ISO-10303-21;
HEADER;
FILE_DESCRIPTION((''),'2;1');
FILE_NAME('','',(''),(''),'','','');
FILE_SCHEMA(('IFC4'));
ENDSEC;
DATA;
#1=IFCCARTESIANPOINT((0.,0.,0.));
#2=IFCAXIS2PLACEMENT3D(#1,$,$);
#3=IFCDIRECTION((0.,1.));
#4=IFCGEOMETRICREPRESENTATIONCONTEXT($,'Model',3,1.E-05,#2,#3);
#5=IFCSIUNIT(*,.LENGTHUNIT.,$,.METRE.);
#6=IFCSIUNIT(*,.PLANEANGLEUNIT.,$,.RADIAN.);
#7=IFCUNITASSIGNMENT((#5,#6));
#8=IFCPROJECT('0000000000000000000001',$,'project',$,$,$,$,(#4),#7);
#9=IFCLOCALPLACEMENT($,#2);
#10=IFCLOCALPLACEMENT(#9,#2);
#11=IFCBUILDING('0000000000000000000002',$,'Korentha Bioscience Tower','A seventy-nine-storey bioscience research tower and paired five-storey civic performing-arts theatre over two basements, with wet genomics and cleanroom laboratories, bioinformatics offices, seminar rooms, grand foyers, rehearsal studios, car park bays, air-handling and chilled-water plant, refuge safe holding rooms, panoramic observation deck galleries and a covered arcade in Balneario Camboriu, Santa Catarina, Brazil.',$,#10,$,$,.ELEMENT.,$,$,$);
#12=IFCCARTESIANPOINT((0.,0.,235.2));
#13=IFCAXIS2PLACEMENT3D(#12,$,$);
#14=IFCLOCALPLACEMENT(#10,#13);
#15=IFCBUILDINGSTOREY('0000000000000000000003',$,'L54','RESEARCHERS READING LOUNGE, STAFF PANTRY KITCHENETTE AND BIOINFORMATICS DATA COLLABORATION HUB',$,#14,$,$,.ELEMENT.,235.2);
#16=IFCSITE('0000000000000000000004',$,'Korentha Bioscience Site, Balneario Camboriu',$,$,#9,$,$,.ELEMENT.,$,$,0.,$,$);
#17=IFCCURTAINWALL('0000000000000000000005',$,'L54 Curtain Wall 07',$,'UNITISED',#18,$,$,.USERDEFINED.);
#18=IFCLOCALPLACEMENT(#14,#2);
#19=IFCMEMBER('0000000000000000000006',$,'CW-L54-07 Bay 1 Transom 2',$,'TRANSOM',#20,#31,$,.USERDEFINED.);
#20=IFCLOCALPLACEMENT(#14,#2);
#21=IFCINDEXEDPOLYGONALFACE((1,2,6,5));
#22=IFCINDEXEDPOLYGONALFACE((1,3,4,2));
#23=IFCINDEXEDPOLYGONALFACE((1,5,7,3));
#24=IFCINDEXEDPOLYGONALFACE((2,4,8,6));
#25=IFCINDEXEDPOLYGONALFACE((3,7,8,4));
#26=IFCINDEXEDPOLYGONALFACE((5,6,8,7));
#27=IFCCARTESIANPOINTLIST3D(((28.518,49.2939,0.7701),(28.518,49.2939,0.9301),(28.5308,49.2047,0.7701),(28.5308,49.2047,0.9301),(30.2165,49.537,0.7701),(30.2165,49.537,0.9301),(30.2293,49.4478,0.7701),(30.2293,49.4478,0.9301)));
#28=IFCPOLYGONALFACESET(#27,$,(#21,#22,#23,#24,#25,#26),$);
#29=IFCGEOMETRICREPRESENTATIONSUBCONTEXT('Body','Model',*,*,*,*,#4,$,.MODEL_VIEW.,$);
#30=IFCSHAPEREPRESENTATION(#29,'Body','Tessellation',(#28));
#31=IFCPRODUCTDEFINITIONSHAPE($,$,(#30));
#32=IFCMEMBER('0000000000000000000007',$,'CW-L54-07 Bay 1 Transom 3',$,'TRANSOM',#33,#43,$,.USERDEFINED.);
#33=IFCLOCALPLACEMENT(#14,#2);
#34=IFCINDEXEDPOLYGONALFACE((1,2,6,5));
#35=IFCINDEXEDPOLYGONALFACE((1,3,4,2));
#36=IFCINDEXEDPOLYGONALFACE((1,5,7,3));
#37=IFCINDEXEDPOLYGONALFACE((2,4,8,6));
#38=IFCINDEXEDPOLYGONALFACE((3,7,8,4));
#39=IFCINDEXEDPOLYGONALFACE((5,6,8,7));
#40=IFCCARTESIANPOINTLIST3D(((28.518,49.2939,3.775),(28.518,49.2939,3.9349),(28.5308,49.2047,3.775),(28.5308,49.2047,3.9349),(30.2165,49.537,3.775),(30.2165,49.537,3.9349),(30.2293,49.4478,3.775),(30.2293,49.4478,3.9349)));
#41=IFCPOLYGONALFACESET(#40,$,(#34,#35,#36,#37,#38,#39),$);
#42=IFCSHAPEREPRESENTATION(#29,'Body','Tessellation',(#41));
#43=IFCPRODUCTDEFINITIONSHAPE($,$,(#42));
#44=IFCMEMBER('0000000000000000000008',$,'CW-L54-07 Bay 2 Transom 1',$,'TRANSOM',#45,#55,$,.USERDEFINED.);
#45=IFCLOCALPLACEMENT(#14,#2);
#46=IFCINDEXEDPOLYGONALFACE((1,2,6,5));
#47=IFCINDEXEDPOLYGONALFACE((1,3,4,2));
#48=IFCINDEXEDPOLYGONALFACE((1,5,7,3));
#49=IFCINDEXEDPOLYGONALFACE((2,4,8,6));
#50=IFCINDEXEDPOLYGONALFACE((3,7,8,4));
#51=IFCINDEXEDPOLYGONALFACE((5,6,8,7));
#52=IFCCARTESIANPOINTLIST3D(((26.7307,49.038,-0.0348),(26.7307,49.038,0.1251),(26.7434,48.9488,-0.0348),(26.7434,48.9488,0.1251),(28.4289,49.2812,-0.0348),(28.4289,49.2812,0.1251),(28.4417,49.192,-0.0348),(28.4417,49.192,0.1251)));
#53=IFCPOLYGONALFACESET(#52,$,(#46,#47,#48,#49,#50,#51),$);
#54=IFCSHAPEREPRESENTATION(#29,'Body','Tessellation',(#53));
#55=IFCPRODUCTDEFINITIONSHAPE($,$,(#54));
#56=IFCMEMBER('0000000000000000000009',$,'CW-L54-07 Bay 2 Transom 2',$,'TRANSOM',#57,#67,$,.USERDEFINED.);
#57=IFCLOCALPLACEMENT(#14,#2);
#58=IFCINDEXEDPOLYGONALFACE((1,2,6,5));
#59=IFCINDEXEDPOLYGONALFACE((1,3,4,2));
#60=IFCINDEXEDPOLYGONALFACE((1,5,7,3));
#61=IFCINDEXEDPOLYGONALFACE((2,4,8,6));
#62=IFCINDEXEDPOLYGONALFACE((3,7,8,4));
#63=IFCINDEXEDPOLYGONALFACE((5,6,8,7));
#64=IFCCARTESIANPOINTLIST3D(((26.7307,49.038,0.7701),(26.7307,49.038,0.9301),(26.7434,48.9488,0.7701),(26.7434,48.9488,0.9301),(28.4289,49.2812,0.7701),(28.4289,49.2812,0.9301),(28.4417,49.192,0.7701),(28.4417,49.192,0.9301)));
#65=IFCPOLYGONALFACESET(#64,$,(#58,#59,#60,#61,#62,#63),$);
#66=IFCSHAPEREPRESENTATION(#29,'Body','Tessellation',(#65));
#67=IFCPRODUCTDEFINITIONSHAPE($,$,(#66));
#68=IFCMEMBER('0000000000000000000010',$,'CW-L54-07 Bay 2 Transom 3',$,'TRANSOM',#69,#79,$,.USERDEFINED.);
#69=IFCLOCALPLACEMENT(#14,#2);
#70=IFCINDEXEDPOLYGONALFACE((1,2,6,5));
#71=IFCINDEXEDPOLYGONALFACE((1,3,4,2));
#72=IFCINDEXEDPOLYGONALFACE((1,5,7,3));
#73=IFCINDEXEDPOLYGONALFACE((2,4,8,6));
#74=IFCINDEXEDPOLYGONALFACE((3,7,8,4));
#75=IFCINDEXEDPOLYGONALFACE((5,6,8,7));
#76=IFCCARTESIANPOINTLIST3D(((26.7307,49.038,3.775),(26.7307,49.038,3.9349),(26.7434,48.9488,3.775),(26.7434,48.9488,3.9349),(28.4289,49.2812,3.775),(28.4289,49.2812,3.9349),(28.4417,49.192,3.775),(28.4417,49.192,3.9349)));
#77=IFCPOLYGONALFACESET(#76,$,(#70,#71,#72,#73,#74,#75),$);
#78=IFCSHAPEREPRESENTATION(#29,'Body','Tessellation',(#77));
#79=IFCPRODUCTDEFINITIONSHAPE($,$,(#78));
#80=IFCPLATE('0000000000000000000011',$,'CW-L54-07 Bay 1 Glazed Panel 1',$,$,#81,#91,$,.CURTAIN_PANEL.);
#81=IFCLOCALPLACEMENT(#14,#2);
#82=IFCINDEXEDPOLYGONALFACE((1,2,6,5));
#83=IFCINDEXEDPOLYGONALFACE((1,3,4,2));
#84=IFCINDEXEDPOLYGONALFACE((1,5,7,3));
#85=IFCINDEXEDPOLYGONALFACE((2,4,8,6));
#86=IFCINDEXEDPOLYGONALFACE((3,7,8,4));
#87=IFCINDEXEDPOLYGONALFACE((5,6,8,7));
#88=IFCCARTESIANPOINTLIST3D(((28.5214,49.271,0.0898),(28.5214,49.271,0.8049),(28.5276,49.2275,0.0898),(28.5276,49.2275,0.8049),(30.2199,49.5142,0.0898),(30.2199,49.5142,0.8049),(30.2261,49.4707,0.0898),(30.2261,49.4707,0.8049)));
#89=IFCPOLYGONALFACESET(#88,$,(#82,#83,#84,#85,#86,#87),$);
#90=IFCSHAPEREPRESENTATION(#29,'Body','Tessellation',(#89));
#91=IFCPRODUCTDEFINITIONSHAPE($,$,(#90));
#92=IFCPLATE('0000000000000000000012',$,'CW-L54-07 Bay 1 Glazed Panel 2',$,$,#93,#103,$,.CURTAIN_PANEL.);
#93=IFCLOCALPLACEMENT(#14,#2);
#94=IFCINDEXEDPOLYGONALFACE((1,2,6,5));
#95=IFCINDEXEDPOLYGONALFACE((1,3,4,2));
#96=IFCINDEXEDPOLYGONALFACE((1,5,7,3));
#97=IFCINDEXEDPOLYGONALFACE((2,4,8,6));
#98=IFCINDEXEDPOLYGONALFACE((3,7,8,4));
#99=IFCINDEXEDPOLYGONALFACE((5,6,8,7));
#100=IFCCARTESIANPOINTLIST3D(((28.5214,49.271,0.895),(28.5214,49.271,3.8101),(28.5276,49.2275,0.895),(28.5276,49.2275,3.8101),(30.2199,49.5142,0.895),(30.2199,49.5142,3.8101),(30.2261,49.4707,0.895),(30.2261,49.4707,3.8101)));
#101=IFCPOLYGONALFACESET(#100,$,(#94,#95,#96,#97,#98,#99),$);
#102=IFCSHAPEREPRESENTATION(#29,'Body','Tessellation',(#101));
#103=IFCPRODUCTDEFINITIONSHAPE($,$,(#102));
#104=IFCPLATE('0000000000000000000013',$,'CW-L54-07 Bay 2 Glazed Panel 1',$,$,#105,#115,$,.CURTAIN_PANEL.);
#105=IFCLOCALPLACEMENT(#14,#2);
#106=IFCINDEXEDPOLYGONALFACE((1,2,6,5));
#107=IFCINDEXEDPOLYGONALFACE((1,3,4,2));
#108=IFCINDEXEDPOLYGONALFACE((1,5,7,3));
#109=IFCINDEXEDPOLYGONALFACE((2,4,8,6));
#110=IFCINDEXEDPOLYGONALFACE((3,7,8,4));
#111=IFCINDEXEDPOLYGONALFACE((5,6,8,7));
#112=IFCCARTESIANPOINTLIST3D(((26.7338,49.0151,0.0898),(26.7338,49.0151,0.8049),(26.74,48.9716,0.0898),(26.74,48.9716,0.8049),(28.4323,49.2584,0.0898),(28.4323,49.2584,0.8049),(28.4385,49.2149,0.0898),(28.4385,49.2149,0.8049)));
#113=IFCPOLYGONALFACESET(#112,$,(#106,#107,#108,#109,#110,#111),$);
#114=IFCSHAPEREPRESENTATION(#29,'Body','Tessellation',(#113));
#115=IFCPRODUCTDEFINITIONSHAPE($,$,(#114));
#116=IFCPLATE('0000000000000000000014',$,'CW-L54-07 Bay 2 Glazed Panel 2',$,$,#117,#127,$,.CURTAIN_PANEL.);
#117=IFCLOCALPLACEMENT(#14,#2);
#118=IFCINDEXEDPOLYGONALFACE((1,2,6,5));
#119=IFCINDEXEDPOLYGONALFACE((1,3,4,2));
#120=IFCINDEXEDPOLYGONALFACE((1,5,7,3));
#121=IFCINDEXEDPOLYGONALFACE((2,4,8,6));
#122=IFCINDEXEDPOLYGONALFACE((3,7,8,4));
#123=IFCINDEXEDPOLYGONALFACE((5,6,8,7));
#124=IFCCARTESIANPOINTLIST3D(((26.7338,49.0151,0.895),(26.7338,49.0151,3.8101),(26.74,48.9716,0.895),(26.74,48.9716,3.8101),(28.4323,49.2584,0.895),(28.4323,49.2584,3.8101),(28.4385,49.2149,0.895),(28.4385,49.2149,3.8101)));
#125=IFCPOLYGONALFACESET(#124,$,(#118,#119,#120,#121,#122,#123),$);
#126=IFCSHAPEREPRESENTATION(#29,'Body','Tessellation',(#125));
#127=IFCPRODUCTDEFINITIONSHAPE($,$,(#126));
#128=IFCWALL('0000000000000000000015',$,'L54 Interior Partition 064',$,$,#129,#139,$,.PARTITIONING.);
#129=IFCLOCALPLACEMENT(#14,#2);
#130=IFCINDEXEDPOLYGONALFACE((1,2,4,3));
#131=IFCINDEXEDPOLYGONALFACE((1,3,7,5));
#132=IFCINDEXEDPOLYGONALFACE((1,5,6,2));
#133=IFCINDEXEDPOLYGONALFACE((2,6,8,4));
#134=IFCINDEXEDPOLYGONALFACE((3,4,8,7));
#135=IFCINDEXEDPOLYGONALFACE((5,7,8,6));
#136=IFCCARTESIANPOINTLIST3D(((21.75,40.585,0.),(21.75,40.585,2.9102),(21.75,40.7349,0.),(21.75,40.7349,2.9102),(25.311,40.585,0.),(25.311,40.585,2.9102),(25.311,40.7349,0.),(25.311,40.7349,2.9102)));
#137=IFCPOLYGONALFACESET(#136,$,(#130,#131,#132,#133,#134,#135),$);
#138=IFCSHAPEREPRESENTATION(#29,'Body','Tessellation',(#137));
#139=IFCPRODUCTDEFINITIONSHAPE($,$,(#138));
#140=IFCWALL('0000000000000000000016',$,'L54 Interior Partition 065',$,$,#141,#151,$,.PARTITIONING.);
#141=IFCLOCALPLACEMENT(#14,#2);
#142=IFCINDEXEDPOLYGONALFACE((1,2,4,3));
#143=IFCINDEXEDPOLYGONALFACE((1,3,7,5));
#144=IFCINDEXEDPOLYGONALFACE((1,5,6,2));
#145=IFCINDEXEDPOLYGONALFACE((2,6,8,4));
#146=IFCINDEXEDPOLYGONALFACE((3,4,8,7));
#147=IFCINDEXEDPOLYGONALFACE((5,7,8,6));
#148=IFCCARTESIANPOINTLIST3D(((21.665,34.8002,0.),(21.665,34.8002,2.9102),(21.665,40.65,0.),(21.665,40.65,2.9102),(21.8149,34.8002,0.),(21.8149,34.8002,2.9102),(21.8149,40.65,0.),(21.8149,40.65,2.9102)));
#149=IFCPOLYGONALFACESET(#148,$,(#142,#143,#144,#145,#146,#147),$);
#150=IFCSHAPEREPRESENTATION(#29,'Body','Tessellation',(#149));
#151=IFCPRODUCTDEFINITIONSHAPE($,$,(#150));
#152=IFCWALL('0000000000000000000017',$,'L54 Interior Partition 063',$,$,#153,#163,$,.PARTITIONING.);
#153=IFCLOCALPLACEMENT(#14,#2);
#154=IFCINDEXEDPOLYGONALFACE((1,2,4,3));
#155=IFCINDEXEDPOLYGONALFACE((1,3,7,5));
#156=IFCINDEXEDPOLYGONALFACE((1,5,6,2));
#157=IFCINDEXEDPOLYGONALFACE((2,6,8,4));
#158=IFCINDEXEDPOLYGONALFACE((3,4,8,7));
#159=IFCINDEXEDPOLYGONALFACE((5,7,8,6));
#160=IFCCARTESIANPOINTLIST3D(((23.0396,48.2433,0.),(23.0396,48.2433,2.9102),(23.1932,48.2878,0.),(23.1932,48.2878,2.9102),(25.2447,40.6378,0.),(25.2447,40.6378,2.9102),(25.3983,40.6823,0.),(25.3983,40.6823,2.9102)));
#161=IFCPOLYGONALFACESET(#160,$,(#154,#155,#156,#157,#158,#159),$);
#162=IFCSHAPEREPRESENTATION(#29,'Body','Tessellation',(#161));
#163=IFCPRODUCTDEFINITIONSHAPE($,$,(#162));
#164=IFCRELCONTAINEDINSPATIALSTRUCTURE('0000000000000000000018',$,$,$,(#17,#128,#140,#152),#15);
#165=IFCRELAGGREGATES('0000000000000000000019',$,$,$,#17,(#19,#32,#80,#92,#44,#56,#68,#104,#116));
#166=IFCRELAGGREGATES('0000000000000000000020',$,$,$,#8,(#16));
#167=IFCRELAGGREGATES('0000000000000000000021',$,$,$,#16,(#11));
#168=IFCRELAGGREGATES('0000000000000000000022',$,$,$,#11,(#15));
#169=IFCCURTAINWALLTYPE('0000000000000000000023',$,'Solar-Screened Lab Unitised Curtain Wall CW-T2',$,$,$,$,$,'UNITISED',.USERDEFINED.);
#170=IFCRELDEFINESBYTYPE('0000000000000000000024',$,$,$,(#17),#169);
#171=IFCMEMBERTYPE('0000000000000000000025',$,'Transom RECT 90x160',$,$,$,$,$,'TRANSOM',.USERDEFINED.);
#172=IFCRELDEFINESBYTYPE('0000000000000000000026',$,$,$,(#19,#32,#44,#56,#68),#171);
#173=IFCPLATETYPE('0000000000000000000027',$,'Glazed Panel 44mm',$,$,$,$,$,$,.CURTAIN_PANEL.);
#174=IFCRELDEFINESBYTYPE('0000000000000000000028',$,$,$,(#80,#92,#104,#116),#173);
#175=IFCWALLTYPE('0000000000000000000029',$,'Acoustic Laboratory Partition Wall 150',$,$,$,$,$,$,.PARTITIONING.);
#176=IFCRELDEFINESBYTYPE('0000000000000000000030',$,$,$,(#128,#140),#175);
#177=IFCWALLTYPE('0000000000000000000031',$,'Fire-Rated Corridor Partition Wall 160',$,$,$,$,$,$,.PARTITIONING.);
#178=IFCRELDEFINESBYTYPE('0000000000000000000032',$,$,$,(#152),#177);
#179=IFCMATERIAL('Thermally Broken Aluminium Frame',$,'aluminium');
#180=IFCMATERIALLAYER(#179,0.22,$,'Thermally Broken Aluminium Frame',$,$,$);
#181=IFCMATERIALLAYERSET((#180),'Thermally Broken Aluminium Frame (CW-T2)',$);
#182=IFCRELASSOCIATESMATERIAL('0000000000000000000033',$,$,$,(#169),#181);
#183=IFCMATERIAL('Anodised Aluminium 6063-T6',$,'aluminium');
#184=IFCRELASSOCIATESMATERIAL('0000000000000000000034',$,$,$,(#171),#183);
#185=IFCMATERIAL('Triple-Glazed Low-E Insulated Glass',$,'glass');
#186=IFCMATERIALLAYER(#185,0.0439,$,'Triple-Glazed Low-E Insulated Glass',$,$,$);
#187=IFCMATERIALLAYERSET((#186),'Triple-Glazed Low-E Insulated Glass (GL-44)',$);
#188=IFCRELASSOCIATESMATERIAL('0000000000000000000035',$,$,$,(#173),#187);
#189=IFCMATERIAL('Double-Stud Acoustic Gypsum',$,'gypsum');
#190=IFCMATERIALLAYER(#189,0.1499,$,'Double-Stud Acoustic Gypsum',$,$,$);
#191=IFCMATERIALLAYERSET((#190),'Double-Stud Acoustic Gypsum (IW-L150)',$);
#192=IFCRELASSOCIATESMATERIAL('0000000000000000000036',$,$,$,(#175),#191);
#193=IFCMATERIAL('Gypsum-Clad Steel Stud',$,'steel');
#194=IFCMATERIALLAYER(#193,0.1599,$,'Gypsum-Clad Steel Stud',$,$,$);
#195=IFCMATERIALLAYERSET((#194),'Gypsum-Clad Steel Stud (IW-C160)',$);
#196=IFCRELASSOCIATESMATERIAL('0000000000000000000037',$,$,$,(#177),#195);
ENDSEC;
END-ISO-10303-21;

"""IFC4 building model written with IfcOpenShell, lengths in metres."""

from ifc_helpers import new_model, si_unit, direction, frame, frame_2d, origin, origin_2d, place, context, subcontext, project, spatial, rectangle, extrude, material, layer, layer_set, material_profile, profile_set, type_object, element, aggregate, save


model = new_model("IFC4")

# Units and contexts
model_context = context("Model", 3, precision=1e-05, world=origin(), true_north=direction((0.0, 1.0)))
body_context = subcontext(model_context, "Body", "Model", "MODEL_VIEW")
ifc_project = project(units=[si_unit("LENGTHUNIT", "METRE"), si_unit("PLANEANGLEUNIT", "RADIAN")], contexts=[model_context])

# Site, building, storey
site_placement = place(None, origin())
site = spatial("IfcSite", under=ifc_project, at=site_placement, Name="Korentha Bioscience Site, Balneario Camboriu", CompositionType="ELEMENT", RefElevation=0.0)
building_placement = place(site_placement, origin())
building = spatial("IfcBuilding", under=site, at=building_placement, Name="Korentha Bioscience Tower", Description="A seventy-nine-storey bioscience research tower and paired five-storey civic performing-arts theatre over two basements, with wet genomics and cleanroom laboratories, bioinformatics offices, seminar rooms, grand foyers, rehearsal studios, car park bays, air-handling and chilled-water plant, refuge safe holding rooms, panoramic observation deck galleries and a covered arcade in Balneario Camboriu, Santa Catarina, Brazil.", CompositionType="ELEMENT")
storey_placement = place(building_placement, frame((0.0, 0.0, 235.2)))
storey = spatial("IfcBuildingStorey", under=building, at=storey_placement, Name="L54", Description="RESEARCHERS READING LOUNGE, STAFF PANTRY KITCHENETTE AND BIOINFORMATICS DATA COLLABORATION HUB", CompositionType="ELEMENT", Elevation=235.2)

# Curtain wall
ifc_material_1 = material(Name="Thermally Broken Aluminium Frame", Category="aluminium")
ifc_layer_1 = layer(ifc_material_1, 0.22, Name="Thermally Broken Aluminium Frame")
ifc_layer_set_1 = layer_set([ifc_layer_1], Name="Thermally Broken Aluminium Frame (CW-T2)")
curtain_wall_type = type_object("IfcCurtainWallType", Name="Solar-Screened Lab Unitised Curtain Wall CW-T2", ElementType="UNITISED", PredefinedType="USERDEFINED", material=ifc_layer_set_1)
curtain_wall_placement = place(storey_placement, origin())
curtain_wall = element("IfcCurtainWall", 1, at=curtain_wall_placement, inside=storey, type_object=curtain_wall_type, Name="L54 Curtain Wall 07", ObjectType="UNITISED", PredefinedType="USERDEFINED")
ifc_material_2 = material(Name="Anodised Aluminium 6063-T6", Category="aluminium")

# Members
ifc_material_profile_1 = material_profile(ifc_material_2, rectangle(XDim=0.0901, YDim=0.1599, at=origin_2d()), Name="Anodised Aluminium 6063-T6")
ifc_profile_set_1 = profile_set([ifc_material_profile_1], Name="Anodised Aluminium 6063-T6 (CW-TRN)")
member_type_1 = type_object("IfcMemberType", Name="Transom RECT 90x160", ElementType="TRANSOM", PredefinedType="USERDEFINED", material=ifc_profile_set_1)
member_1_placement = place(storey_placement, frame((30.2229, 49.4924, 0.8501), z_axis=(-0.989907, -0.14172, 0.0), x_axis=(0.14172, -0.989907, 0.0)))
member_1 = element("IfcMember", 2, at=member_1_placement, type_object=member_type_1, Name="CW-L54-07 Bay 1 Transom 2", ObjectType="TRANSOM", PredefinedType="USERDEFINED", context=body_context, shape_type="SweptSolid", body=[
    extrude(rectangle(XDim=0.0901, YDim=0.1599, at=origin_2d()), origin(), (0.0, 0.0, 1.0), 1.7158),
])
member_2_placement = place(storey_placement, frame((30.2229, 49.4924, 3.855), z_axis=(-0.989907, -0.14172, 0.0), x_axis=(0.14172, -0.989907, 0.0)))
member_2 = element("IfcMember", 3, at=member_2_placement, type_object=member_type_1, Name="CW-L54-07 Bay 1 Transom 3", ObjectType="TRANSOM", PredefinedType="USERDEFINED", context=body_context, shape_type="SweptSolid", body=[
    extrude(rectangle(XDim=0.0901, YDim=0.1599, at=origin_2d()), origin(), (0.0, 0.0, 1.0), 1.7158),
])
member_3_placement = place(storey_placement, frame((28.4353, 49.2366, 0.0452), z_axis=(-0.989904, -0.14174, 0.0), x_axis=(0.14174, -0.989904, 0.0)))
member_3 = element("IfcMember", 4, at=member_3_placement, type_object=member_type_1, Name="CW-L54-07 Bay 2 Transom 1", ObjectType="TRANSOM", PredefinedType="USERDEFINED", context=body_context, shape_type="SweptSolid", body=[
    extrude(rectangle(XDim=0.0901, YDim=0.1599, at=origin_2d()), origin(), (0.0, 0.0, 1.0), 1.7156),
])
member_4_placement = place(storey_placement, frame((28.4353, 49.2366, 0.8501), z_axis=(-0.989904, -0.14174, 0.0), x_axis=(0.14174, -0.989904, 0.0)))
member_4 = element("IfcMember", 5, at=member_4_placement, type_object=member_type_1, Name="CW-L54-07 Bay 2 Transom 2", ObjectType="TRANSOM", PredefinedType="USERDEFINED", context=body_context, shape_type="SweptSolid", body=[
    extrude(rectangle(XDim=0.0901, YDim=0.1599, at=origin_2d()), origin(), (0.0, 0.0, 1.0), 1.7156),
])
member_5_placement = place(storey_placement, frame((28.4353, 49.2366, 3.855), z_axis=(-0.989904, -0.14174, 0.0), x_axis=(0.14174, -0.989904, 0.0)))
member_5 = element("IfcMember", 6, at=member_5_placement, type_object=member_type_1, Name="CW-L54-07 Bay 2 Transom 3", ObjectType="TRANSOM", PredefinedType="USERDEFINED", context=body_context, shape_type="SweptSolid", body=[
    extrude(rectangle(XDim=0.0901, YDim=0.1599, at=origin_2d()), origin(), (0.0, 0.0, 1.0), 1.7156),
])

# Plates
ifc_material_3 = material(Name="Triple-Glazed Low-E Insulated Glass", Category="glass")
ifc_layer_2 = layer(ifc_material_3, 0.0439, Name="Triple-Glazed Low-E Insulated Glass")
ifc_layer_set_2 = layer_set([ifc_layer_2], Name="Triple-Glazed Low-E Insulated Glass (GL-44)")
plate_type = type_object("IfcPlateType", Name="Glazed Panel 44mm", PredefinedType="CURTAIN_PANEL", material=ifc_layer_set_2)
plate_1_placement = place(storey_placement, frame((29.3738, 49.3708, 0.0898), z_axis=(0.0, 0.0, 1.0), x_axis=(-0.989902, -0.141754, 0.0)))
plate_1 = element("IfcPlate", 7, at=plate_1_placement, type_object=plate_type, Name="CW-L54-07 Bay 1 Glazed Panel 1", PredefinedType="CURTAIN_PANEL", context=body_context, shape_type="SweptSolid", body=[
    extrude(rectangle(XDim=1.7158, YDim=0.0439, at=origin_2d()), origin(), (0.0, 0.0, 1.0), 0.7151),
])
plate_2_placement = place(storey_placement, frame((29.3738, 49.3708, 0.895), z_axis=(0.0, 0.0, 1.0), x_axis=(-0.989902, -0.141754, 0.0)))
plate_2 = element("IfcPlate", 8, at=plate_2_placement, type_object=plate_type, Name="CW-L54-07 Bay 1 Glazed Panel 2", PredefinedType="CURTAIN_PANEL", context=body_context, shape_type="SweptSolid", body=[
    extrude(rectangle(XDim=1.7158, YDim=0.0439, at=origin_2d()), origin(), (0.0, 0.0, 1.0), 2.915),
])
plate_3_placement = place(storey_placement, frame((27.5862, 49.115, 0.0898), z_axis=(0.0, 0.0, 1.0), x_axis=(-0.989902, -0.141754, 0.0)))
plate_3 = element("IfcPlate", 9, at=plate_3_placement, type_object=plate_type, Name="CW-L54-07 Bay 2 Glazed Panel 1", PredefinedType="CURTAIN_PANEL", context=body_context, shape_type="SweptSolid", body=[
    extrude(rectangle(XDim=1.7158, YDim=0.0439, at=origin_2d()), origin(), (0.0, 0.0, 1.0), 0.7151),
])
plate_4_placement = place(storey_placement, frame((27.5862, 49.115, 0.895), z_axis=(0.0, 0.0, 1.0), x_axis=(-0.989902, -0.141754, 0.0)))
plate_4 = element("IfcPlate", 10, at=plate_4_placement, type_object=plate_type, Name="CW-L54-07 Bay 2 Glazed Panel 2", PredefinedType="CURTAIN_PANEL", context=body_context, shape_type="SweptSolid", body=[
    extrude(rectangle(XDim=1.7158, YDim=0.0439, at=origin_2d()), origin(), (0.0, 0.0, 1.0), 2.915),
])
aggregate(curtain_wall, [member_1, member_2, plate_1, plate_2, member_3, member_4, member_5, plate_3, plate_4])

# Walls
ifc_material_4 = material(Name="Double-Stud Acoustic Gypsum", Category="gypsum")
ifc_layer_3 = layer(ifc_material_4, 0.1499, Name="Double-Stud Acoustic Gypsum")
ifc_layer_set_3 = layer_set([ifc_layer_3], Name="Double-Stud Acoustic Gypsum (IW-L150)")
wall_type_1 = type_object("IfcWallType", Name="Acoustic Laboratory Partition Wall 150", PredefinedType="PARTITIONING", material=ifc_layer_set_3)
wall_1_placement = place(storey_placement, frame((25.311, 40.6599, 0.0), z_axis=(0.0, 0.0, 1.0), x_axis=(-1.0, 0.0, 0.0)))
element("IfcWall", 11, at=wall_1_placement, inside=storey, type_object=wall_type_1, Name="L54 Interior Partition 064", PredefinedType="PARTITIONING", context=body_context, shape_type="SweptSolid", body=[
    extrude(rectangle(XDim=3.561, YDim=0.1499, at=frame_2d((1.7805, 0.0))), origin(), (0.0, 0.0, 1.0), 2.9102),
])
wall_2_placement = place(storey_placement, frame((21.74, 40.6499, 0.0), z_axis=(0.0, 0.0, 1.0), x_axis=(0.0, -1.0, 0.0)))
element("IfcWall", 12, at=wall_2_placement, inside=storey, type_object=wall_type_1, Name="L54 Interior Partition 065", PredefinedType="PARTITIONING", context=body_context, shape_type="SweptSolid", body=[
    extrude(rectangle(XDim=5.8499, YDim=0.1499, at=frame_2d((2.9248, 0.0))), origin(), (0.0, 0.0, 1.0), 2.9102),
])
ifc_material_5 = material(Name="Gypsum-Clad Steel Stud", Category="steel")
ifc_layer_4 = layer(ifc_material_5, 0.1599, Name="Gypsum-Clad Steel Stud")
ifc_layer_set_4 = layer_set([ifc_layer_4], Name="Gypsum-Clad Steel Stud (IW-C160)")
wall_type_2 = type_object("IfcWallType", Name="Fire-Rated Corridor Partition Wall 160", PredefinedType="PARTITIONING", material=ifc_layer_set_4)
wall_3_placement = place(storey_placement, frame((25.3215, 40.6599, 0.0), z_axis=(0.0, 0.0, 1.0), x_axis=(-0.278465, 0.960446, 0.0)))
element("IfcWall", 13, at=wall_3_placement, inside=storey, type_object=wall_type_2, Name="L54 Interior Partition 063", PredefinedType="PARTITIONING", context=body_context, shape_type="SweptSolid", body=[
    extrude(rectangle(XDim=7.9187, YDim=0.1599, at=frame_2d((3.9595, 0.0))), origin(), (0.0, 0.0, 1.0), 2.9102),
])

save(model, "model.ifc")
